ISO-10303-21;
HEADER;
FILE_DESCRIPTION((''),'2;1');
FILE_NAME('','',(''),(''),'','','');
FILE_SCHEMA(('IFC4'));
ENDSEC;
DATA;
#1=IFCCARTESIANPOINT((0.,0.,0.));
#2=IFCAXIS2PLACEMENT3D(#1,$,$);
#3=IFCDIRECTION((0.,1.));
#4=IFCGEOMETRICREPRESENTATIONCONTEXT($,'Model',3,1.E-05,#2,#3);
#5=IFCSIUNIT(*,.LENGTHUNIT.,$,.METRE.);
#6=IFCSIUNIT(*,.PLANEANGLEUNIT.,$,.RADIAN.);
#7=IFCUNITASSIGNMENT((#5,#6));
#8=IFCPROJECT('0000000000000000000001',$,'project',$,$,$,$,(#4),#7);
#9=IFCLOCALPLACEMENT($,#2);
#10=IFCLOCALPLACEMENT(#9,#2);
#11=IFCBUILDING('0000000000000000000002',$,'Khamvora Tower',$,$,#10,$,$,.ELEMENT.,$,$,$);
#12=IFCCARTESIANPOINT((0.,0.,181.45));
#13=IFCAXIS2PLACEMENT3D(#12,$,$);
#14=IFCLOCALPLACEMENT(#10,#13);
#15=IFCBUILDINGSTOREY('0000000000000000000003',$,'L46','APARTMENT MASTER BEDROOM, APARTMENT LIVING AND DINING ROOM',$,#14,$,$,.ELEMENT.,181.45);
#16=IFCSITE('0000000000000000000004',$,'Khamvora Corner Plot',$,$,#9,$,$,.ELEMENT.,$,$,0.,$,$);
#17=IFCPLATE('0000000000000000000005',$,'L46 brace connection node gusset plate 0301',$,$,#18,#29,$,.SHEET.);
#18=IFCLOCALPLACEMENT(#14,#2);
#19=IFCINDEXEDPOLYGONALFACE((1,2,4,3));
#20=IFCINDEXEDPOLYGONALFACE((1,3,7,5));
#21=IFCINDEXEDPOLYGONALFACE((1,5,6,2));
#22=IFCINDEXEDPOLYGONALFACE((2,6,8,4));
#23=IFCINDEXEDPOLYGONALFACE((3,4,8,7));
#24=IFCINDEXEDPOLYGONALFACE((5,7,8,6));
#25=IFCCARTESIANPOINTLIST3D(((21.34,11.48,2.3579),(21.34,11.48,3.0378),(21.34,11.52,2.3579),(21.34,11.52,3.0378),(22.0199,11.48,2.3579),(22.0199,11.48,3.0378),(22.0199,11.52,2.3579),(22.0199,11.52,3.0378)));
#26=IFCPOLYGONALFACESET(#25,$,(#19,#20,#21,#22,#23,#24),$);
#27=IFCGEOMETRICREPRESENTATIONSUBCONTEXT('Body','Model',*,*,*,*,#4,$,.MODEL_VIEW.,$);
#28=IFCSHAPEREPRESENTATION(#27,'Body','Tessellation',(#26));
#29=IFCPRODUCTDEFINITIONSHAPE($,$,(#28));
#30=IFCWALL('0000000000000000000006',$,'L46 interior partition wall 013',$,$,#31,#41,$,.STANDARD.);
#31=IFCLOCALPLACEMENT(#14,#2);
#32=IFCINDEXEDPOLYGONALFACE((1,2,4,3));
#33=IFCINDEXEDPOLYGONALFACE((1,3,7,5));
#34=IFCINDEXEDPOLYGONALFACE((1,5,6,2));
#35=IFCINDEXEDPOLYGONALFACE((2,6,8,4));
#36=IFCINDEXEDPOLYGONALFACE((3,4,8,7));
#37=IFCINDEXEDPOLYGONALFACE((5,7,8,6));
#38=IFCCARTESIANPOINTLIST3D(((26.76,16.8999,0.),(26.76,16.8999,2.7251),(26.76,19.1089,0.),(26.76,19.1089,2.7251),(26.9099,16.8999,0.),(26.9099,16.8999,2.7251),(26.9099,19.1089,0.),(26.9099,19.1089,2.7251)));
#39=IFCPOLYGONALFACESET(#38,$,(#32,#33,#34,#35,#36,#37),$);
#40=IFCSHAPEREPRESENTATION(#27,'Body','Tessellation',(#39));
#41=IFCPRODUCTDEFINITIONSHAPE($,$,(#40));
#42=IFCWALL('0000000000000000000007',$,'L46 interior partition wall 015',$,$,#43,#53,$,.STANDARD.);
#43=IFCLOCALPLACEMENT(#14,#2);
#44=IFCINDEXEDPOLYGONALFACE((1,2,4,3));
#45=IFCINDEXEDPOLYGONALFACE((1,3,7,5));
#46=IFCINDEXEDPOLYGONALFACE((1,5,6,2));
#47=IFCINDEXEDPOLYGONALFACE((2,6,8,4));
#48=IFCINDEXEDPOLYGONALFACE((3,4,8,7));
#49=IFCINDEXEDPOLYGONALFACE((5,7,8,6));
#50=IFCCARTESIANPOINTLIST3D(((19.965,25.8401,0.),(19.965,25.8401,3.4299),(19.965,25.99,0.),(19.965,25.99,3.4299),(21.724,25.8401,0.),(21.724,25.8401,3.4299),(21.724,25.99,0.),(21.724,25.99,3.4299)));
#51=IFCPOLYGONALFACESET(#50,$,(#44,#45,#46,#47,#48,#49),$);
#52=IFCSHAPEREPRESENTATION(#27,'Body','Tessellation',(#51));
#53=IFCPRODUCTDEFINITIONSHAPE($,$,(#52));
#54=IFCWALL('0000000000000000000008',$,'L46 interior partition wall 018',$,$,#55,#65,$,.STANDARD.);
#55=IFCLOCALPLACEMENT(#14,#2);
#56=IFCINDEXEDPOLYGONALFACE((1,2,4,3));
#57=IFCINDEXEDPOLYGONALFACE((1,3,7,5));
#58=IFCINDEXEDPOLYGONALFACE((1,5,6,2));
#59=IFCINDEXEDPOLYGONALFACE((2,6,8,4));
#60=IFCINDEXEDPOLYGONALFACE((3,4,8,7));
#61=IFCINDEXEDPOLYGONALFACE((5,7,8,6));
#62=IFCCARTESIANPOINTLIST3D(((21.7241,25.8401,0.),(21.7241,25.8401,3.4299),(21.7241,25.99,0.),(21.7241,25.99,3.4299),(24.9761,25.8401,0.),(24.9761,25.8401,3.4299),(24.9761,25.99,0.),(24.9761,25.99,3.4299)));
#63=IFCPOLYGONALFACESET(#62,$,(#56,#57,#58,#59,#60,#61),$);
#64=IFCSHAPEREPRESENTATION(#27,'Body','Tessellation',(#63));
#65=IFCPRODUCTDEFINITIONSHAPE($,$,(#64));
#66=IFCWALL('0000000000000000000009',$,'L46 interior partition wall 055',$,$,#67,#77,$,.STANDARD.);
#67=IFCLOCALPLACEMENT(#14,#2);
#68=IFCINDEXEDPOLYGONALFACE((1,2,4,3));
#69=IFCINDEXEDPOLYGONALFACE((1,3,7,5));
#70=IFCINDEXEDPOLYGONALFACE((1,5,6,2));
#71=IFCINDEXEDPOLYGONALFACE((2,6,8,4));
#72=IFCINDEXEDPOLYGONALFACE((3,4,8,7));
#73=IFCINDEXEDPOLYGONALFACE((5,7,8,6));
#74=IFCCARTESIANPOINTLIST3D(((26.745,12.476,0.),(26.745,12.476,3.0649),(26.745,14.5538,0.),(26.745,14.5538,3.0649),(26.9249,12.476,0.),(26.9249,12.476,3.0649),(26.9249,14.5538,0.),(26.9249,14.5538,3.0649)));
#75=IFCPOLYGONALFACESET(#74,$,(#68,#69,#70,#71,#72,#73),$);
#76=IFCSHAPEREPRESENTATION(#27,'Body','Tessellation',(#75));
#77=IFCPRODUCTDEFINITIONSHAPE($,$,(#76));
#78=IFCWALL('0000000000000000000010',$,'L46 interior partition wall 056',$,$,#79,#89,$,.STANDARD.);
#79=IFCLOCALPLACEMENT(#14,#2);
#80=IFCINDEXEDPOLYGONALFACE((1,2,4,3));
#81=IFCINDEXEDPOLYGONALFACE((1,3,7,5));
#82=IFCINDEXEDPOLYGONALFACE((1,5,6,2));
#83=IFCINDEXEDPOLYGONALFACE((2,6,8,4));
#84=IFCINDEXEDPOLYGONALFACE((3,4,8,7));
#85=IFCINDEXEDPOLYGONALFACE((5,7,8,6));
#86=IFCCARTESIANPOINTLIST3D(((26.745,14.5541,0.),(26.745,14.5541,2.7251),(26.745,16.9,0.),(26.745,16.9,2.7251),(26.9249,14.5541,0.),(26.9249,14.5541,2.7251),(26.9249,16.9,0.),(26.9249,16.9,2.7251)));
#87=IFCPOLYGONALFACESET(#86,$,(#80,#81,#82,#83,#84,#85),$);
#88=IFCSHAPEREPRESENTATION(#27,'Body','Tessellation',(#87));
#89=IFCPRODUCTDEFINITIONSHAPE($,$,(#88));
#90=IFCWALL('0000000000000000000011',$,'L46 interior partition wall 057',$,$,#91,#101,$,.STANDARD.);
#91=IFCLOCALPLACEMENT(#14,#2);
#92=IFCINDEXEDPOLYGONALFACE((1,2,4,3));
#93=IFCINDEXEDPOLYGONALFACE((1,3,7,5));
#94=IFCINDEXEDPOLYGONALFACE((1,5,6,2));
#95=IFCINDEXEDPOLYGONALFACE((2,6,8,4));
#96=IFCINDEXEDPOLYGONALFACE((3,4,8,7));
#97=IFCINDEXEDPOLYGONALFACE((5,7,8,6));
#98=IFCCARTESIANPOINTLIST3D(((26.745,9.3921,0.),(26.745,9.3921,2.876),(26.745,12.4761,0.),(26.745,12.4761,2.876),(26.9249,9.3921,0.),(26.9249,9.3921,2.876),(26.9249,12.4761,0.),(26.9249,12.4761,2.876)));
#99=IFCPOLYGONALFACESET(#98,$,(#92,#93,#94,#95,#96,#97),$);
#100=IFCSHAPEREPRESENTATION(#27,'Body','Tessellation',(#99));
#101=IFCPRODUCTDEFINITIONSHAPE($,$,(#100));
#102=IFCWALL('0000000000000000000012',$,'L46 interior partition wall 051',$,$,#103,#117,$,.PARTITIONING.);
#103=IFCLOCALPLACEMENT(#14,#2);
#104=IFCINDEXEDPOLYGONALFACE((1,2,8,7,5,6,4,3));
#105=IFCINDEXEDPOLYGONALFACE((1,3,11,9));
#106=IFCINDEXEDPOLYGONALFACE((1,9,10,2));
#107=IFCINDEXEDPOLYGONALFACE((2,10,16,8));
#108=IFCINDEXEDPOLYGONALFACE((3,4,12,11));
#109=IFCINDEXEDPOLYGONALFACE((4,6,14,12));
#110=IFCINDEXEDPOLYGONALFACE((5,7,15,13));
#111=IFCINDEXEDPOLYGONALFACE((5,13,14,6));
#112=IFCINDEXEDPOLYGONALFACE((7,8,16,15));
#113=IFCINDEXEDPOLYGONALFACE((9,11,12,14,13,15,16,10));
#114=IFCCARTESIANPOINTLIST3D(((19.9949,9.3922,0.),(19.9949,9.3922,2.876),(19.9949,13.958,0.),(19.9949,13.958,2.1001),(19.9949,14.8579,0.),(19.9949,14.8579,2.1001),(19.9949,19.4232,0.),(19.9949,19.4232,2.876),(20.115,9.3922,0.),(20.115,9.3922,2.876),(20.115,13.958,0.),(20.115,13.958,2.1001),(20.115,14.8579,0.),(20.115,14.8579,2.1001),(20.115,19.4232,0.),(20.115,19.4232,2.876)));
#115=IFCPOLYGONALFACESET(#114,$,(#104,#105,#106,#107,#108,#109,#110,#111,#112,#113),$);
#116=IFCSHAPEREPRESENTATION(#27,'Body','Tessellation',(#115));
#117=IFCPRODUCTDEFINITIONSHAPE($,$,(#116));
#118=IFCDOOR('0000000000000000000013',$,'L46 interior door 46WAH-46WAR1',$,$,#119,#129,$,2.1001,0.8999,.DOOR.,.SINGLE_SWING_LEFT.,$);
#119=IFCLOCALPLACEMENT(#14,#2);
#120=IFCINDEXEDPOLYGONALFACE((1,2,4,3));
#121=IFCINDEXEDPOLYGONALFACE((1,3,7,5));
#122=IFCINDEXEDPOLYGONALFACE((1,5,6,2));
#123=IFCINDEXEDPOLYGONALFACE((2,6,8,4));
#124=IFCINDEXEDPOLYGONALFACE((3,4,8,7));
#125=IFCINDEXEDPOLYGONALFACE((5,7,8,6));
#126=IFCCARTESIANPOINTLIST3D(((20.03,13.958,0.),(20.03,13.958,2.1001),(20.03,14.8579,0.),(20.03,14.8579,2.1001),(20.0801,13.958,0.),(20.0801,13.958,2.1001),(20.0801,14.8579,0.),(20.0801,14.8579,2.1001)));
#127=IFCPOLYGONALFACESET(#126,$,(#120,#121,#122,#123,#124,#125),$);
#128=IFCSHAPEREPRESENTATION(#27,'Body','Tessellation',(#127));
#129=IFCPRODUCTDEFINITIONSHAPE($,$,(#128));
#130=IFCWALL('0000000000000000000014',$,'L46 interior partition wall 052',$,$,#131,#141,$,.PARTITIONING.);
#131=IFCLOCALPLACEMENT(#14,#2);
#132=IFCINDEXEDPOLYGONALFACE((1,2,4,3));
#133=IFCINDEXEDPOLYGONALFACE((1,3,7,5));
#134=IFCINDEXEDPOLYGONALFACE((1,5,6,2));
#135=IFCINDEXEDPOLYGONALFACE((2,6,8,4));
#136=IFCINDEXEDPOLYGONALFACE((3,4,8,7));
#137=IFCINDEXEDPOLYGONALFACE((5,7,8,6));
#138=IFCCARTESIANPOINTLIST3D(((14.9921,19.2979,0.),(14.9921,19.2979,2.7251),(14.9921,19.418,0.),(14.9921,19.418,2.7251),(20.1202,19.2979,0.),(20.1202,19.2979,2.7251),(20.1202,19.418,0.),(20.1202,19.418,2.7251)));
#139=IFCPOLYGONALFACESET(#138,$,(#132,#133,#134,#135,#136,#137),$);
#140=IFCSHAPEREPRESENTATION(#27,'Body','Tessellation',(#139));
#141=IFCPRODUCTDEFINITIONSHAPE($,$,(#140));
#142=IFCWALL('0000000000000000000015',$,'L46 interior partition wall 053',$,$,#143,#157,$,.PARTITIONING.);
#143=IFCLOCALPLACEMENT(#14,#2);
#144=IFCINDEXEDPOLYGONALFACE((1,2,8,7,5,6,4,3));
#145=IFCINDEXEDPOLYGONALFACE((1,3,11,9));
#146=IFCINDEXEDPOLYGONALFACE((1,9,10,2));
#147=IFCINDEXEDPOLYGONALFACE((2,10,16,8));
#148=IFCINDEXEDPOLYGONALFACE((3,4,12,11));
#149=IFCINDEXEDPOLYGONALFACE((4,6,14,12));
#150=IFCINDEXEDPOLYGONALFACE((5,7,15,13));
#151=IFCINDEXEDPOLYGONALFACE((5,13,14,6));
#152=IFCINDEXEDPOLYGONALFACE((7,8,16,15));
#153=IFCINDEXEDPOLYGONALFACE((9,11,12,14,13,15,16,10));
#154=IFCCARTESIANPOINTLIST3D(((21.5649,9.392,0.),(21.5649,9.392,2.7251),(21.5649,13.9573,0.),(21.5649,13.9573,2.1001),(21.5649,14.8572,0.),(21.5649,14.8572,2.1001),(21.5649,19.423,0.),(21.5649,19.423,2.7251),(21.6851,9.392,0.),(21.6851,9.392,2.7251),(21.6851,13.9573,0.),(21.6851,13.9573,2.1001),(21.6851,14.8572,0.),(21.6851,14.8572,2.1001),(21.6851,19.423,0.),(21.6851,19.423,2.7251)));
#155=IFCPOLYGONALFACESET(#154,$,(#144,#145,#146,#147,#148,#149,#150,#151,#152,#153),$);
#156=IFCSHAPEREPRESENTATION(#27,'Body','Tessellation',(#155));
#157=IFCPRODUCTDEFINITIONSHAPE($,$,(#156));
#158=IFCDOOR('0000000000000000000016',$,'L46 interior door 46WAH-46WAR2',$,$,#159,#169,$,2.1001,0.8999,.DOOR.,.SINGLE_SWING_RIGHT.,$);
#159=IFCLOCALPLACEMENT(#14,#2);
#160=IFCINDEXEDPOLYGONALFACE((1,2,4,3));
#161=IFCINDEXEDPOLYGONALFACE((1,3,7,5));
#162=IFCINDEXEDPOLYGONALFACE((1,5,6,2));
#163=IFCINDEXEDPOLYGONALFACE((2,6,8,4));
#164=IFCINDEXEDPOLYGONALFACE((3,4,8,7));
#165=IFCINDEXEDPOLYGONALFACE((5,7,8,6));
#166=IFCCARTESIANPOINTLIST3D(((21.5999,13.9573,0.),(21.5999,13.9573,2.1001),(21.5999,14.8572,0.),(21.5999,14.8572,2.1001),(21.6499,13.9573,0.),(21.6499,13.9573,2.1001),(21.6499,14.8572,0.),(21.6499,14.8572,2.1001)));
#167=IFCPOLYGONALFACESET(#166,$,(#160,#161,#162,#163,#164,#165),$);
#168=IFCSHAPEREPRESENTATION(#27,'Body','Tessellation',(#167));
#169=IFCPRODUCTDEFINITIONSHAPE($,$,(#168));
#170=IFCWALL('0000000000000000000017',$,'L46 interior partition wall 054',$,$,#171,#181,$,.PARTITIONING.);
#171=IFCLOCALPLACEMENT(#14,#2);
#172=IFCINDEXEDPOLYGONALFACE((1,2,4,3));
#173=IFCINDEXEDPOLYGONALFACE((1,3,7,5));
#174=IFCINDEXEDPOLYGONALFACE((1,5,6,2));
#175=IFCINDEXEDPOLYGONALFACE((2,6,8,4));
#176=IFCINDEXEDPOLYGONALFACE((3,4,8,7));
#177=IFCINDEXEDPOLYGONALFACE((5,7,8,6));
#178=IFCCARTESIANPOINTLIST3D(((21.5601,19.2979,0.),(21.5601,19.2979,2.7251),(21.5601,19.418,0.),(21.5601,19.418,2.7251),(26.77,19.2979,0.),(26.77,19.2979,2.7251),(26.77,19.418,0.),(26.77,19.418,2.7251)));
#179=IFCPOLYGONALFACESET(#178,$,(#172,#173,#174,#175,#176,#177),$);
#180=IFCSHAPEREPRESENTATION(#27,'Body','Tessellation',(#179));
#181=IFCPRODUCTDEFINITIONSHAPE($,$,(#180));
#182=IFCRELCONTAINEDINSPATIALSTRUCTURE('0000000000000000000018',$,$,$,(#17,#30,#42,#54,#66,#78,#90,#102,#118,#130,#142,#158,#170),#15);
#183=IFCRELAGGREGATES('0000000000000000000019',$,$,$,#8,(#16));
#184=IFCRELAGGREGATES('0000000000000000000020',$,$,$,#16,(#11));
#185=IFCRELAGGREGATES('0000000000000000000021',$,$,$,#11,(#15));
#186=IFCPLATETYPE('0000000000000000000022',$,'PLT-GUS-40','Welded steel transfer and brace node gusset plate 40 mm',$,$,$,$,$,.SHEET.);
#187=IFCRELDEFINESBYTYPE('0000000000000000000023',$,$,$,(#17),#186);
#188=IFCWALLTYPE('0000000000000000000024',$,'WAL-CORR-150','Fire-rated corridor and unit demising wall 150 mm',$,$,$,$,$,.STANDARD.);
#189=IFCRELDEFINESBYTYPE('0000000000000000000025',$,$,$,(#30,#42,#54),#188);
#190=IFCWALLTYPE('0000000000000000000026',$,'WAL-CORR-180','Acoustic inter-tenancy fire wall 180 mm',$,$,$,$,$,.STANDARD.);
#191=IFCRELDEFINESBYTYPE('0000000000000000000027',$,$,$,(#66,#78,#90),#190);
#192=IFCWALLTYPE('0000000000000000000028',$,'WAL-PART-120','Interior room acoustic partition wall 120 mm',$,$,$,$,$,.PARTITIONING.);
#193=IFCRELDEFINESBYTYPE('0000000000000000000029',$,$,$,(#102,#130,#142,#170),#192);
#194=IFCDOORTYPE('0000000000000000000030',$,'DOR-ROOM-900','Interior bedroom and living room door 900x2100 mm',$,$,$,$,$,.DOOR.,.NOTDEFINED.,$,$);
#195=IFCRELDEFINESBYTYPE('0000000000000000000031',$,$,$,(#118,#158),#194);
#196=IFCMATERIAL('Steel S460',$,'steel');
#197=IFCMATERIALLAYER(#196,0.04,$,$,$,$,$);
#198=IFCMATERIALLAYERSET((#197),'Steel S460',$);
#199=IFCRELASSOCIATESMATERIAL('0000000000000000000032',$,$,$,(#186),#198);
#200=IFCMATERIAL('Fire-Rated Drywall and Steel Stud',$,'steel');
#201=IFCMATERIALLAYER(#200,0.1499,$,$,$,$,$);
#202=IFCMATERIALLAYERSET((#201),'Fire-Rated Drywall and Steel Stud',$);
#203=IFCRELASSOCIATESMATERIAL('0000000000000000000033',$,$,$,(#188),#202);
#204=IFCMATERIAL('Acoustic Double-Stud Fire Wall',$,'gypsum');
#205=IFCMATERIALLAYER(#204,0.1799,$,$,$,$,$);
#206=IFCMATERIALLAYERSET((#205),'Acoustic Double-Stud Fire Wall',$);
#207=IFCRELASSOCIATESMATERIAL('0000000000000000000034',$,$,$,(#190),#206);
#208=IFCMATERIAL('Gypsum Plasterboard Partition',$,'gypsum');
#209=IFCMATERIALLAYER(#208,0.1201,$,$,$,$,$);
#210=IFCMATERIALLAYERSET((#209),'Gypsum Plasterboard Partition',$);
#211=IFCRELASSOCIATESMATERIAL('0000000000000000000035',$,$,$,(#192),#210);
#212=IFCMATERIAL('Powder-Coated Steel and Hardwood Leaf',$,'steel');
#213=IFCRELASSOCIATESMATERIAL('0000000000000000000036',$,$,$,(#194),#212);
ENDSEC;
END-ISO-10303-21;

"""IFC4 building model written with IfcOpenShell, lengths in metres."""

from ifc_helpers import new_model, si_unit, direction, frame, frame_2d, origin, origin_2d, place, context, subcontext, project, spatial, rectangle, extrude, material, layer, layer_set, type_object, element, fill, save


model = new_model("IFC4")

# Units and contexts
model_context = context("Model", 3, precision=1e-05, world=origin(), true_north=direction((0.0, 1.0)))
body_context = subcontext(model_context, "Body", "Model", "MODEL_VIEW")
ifc_project = project(units=[si_unit("LENGTHUNIT", "METRE"), si_unit("PLANEANGLEUNIT", "RADIAN")], contexts=[model_context])

# Site, building, storey
site_placement = place(None, origin())
site = spatial("IfcSite", under=ifc_project, at=site_placement, Name="Khamvora Corner Plot", CompositionType="ELEMENT", RefElevation=0.0)
building_placement = place(site_placement, origin())
building = spatial("IfcBuilding", under=site, at=building_placement, Name="Khamvora Tower", CompositionType="ELEMENT")
storey_placement = place(building_placement, frame((0.0, 0.0, 181.45)))
storey = spatial("IfcBuildingStorey", under=building, at=storey_placement, Name="L46", Description="APARTMENT MASTER BEDROOM, APARTMENT LIVING AND DINING ROOM", CompositionType="ELEMENT", Elevation=181.45)

# Plate
ifc_material_1 = material(Name="Steel S460", Category="steel")
ifc_layer_1 = layer(ifc_material_1, 0.04)
ifc_layer_set_1 = layer_set([ifc_layer_1], Name="Steel S460")
plate_type_1 = type_object("IfcPlateType", Name="PLT-GUS-40", Description="Welded steel transfer and brace node gusset plate 40 mm", PredefinedType="SHEET", material=ifc_layer_set_1)
plate_1_placement = place(storey_placement, frame((21.6799, 11.5, 2.3579), z_axis=(0.0, 0.0, 1.0), x_axis=(1.0, 0.0, 0.0)))
element("IfcPlate", 1, at=plate_1_placement, inside=storey, type_object=plate_type_1, Name="L46 brace connection node gusset plate 0301", PredefinedType="SHEET", context=body_context, shape_type="SweptSolid", body=[
    extrude(rectangle(XDim=0.6799, YDim=0.04, at=origin_2d()), origin(), (0.0, 0.0, 1.0), 0.6799),
])

# Shared definitions
ifc_material_2 = material(Name="Fire-Rated Drywall and Steel Stud", Category="steel")
ifc_layer_2 = layer(ifc_material_2, 0.1499)
ifc_layer_set_2 = layer_set([ifc_layer_2], Name="Fire-Rated Drywall and Steel Stud")
wall_type_1 = type_object("IfcWallType", Name="WAL-CORR-150", Description="Fire-rated corridor and unit demising wall 150 mm", PredefinedType="STANDARD", material=ifc_layer_set_2)
ifc_material_3 = material(Name="Powder-Coated Steel and Hardwood Leaf", Category="steel")

# Walls
wall_1_placement = place(storey_placement, frame((26.835, 16.8999, 0.0), z_axis=(0.0, 0.0, 1.0), x_axis=(0.0, 1.0, 0.0)))
element("IfcWall", 2, at=wall_1_placement, inside=storey, type_object=wall_type_1, Name="L46 interior partition wall 013", PredefinedType="STANDARD", context=body_context, shape_type="SweptSolid", body=[
    extrude(rectangle(XDim=2.209, YDim=0.1499, at=frame_2d((1.1045, 0.0))), origin(), (0.0, 0.0, 1.0), 2.7251),
])
wall_2_placement = place(storey_placement, frame((19.9651, 25.915, 0.0), z_axis=(0.0, 0.0, 1.0), x_axis=(1.0, 0.0, 0.0)))
element("IfcWall", 3, at=wall_2_placement, inside=storey, type_object=wall_type_1, Name="L46 interior partition wall 015", PredefinedType="STANDARD", context=body_context, shape_type="SweptSolid", body=[
    extrude(rectangle(XDim=1.759, YDim=0.1499, at=frame_2d((0.8794, 0.0))), origin(), (0.0, 0.0, 1.0), 3.4299),
])

# Walls
wall_3_placement = place(storey_placement, frame((21.7241, 25.915, 0.0), z_axis=(0.0, 0.0, 1.0), x_axis=(1.0, 0.0, 0.0)))
element("IfcWall", 4, at=wall_3_placement, inside=storey, type_object=wall_type_1, Name="L46 interior partition wall 018", PredefinedType="STANDARD", context=body_context, shape_type="SweptSolid", body=[
    extrude(rectangle(XDim=3.252, YDim=0.1499, at=frame_2d((1.626, 0.0))), origin(), (0.0, 0.0, 1.0), 3.4299),
])
ifc_material_4 = material(Name="Acoustic Double-Stud Fire Wall", Category="gypsum")
ifc_layer_3 = layer(ifc_material_4, 0.1799)
ifc_layer_set_3 = layer_set([ifc_layer_3], Name="Acoustic Double-Stud Fire Wall")
wall_type_2 = type_object("IfcWallType", Name="WAL-CORR-180", Description="Acoustic inter-tenancy fire wall 180 mm", PredefinedType="STANDARD", material=ifc_layer_set_3)
wall_4_placement = place(storey_placement, frame((26.835, 14.554, 0.0), z_axis=(0.0, 0.0, 1.0), x_axis=(0.0, -1.0, 0.0)))
element("IfcWall", 5, at=wall_4_placement, inside=storey, type_object=wall_type_2, Name="L46 interior partition wall 055", PredefinedType="STANDARD", context=body_context, shape_type="SweptSolid", body=[
    extrude(rectangle(XDim=2.0779, YDim=0.1799, at=frame_2d((1.0391, 0.0))), origin(), (0.0, 0.0, 1.0), 3.0649),
])
wall_5_placement = place(storey_placement, frame((26.835, 16.8999, 0.0), z_axis=(0.0, 0.0, 1.0), x_axis=(0.0, -1.0, 0.0)))
element("IfcWall", 6, at=wall_5_placement, inside=storey, type_object=wall_type_2, Name="L46 interior partition wall 056", PredefinedType="STANDARD", context=body_context, shape_type="SweptSolid", body=[
    extrude(rectangle(XDim=2.3459, YDim=0.1799, at=frame_2d((1.1729, 0.0))), origin(), (0.0, 0.0, 1.0), 2.7251),
])
wall_6_placement = place(storey_placement, frame((26.835, 12.4761, 0.0), z_axis=(0.0, 0.0, 1.0), x_axis=(0.0, -1.0, 0.0)))
element("IfcWall", 7, at=wall_6_placement, inside=storey, type_object=wall_type_2, Name="L46 interior partition wall 057", PredefinedType="STANDARD", context=body_context, shape_type="SweptSolid", body=[
    extrude(rectangle(XDim=3.084, YDim=0.1799, at=frame_2d((1.542, 0.0))), origin(), (0.0, 0.0, 1.0), 2.876),
])

# Wall, opening, door
ifc_material_5 = material(Name="Gypsum Plasterboard Partition", Category="gypsum")
ifc_layer_4 = layer(ifc_material_5, 0.1201)
ifc_layer_set_4 = layer_set([ifc_layer_4], Name="Gypsum Plasterboard Partition")
wall_type_3 = type_object("IfcWallType", Name="WAL-PART-120", Description="Interior room acoustic partition wall 120 mm", PredefinedType="PARTITIONING", material=ifc_layer_set_4)
wall_7_placement = place(storey_placement, frame((20.0549, 9.3921, 0.0), z_axis=(0.0, 0.0, 1.0), x_axis=(0.0, 1.0, 0.0)))
wall_7 = element("IfcWall", 8, at=wall_7_placement, inside=storey, type_object=wall_type_3, Name="L46 interior partition wall 051", PredefinedType="PARTITIONING", context=body_context, shape_type="SweptSolid", body=[
    extrude(rectangle(XDim=10.031, YDim=0.1201, at=frame_2d((5.0156, 0.0))), origin(), (0.0, 0.0, 1.0), 2.876),
])
opening_1_placement = place(wall_7_placement, frame((4.5659, 0.0, 0.0)))
opening_1 = element("IfcOpeningElement", 9, at=opening_1_placement, cuts=wall_7, PredefinedType="OPENING", context=body_context, shape_type="SweptSolid", body=[
    extrude(rectangle(XDim=0.8999, YDim=2.1001, at=frame_2d((0.45, 1.05))), frame((0.0, 0.0701, 0.0), z_axis=(0.0, -1.0, 0.0), x_axis=(1.0, 0.0, 0.0)), (0.0, 0.0, 1.0), 0.1401),
])
door_type_1 = type_object("IfcDoorType", Name="DOR-ROOM-900", Description="Interior bedroom and living room door 900x2100 mm", OperationType="NOTDEFINED", PredefinedType="DOOR", material=ifc_material_3)
door_1_placement = place(opening_1_placement, origin())
door_1 = element("IfcDoor", 10, at=door_1_placement, inside=storey, type_object=door_type_1, Name="L46 interior door 46WAH-46WAR1", OperationType="SINGLE_SWING_LEFT", OverallHeight=2.1001, OverallWidth=0.8999, PredefinedType="DOOR", context=body_context, shape_type="SweptSolid", body=[
    extrude(rectangle(XDim=0.8999, YDim=2.1001, at=frame_2d((0.45, 1.05))), frame((0.0, 0.0249, 0.0), z_axis=(0.0, -1.0, 0.0), x_axis=(1.0, 0.0, 0.0)), (0.0, 0.0, 1.0), 0.05),
])
fill(opening_1, door_1)

# Wall
wall_8_placement = place(storey_placement, frame((20.1201, 19.3579, 0.0), z_axis=(0.0, 0.0, 1.0), x_axis=(-1.0, 0.0, 0.0)))
element("IfcWall", 11, at=wall_8_placement, inside=storey, type_object=wall_type_3, Name="L46 interior partition wall 052", PredefinedType="PARTITIONING", context=body_context, shape_type="SweptSolid", body=[
    extrude(rectangle(XDim=5.1282, YDim=0.1201, at=frame_2d((2.564, 0.0))), origin(), (0.0, 0.0, 1.0), 2.7251),
])

# Wall, opening, door
wall_9_placement = place(storey_placement, frame((21.625, 19.4231, 0.0), z_axis=(0.0, 0.0, 1.0), x_axis=(0.0, -1.0, 0.0)))
wall_9 = element("IfcWall", 12, at=wall_9_placement, inside=storey, type_object=wall_type_3, Name="L46 interior partition wall 053", PredefinedType="PARTITIONING", context=body_context, shape_type="SweptSolid", body=[
    extrude(rectangle(XDim=10.031, YDim=0.1201, at=frame_2d((5.0156, 0.0))), origin(), (0.0, 0.0, 1.0), 2.7251),
])
opening_2_placement = place(wall_9_placement, frame((4.5659, 0.0, 0.0)))
opening_2 = element("IfcOpeningElement", 13, at=opening_2_placement, cuts=wall_9, PredefinedType="OPENING", context=body_context, shape_type="SweptSolid", body=[
    extrude(rectangle(XDim=0.8999, YDim=2.1001, at=frame_2d((0.45, 1.05))), frame((0.0, 0.0701, 0.0), z_axis=(0.0, -1.0, 0.0), x_axis=(1.0, 0.0, 0.0)), (0.0, 0.0, 1.0), 0.1401),
])
door_2_placement = place(opening_2_placement, origin())
door_2 = element("IfcDoor", 14, at=door_2_placement, inside=storey, type_object=door_type_1, Name="L46 interior door 46WAH-46WAR2", OperationType="SINGLE_SWING_RIGHT", OverallHeight=2.1001, OverallWidth=0.8999, PredefinedType="DOOR", context=body_context, shape_type="SweptSolid", body=[
    extrude(rectangle(XDim=0.8999, YDim=2.1001, at=frame_2d((0.45, 1.05))), frame((0.0, 0.0249, 0.0), z_axis=(0.0, -1.0, 0.0), x_axis=(1.0, 0.0, 0.0)), (0.0, 0.0, 1.0), 0.05),
])
fill(opening_2, door_2)

# Wall
wall_10_placement = place(storey_placement, frame((26.77, 19.3579, 0.0), z_axis=(0.0, 0.0, 1.0), x_axis=(-1.0, 0.0, 0.0)))
element("IfcWall", 15, at=wall_10_placement, inside=storey, type_object=wall_type_3, Name="L46 interior partition wall 054", PredefinedType="PARTITIONING", context=body_context, shape_type="SweptSolid", body=[
    extrude(rectangle(XDim=5.21, YDim=0.1201, at=frame_2d((2.605, 0.0))), origin(), (0.0, 0.0, 1.0), 2.7251),
])

save(model, "model.ifc")
